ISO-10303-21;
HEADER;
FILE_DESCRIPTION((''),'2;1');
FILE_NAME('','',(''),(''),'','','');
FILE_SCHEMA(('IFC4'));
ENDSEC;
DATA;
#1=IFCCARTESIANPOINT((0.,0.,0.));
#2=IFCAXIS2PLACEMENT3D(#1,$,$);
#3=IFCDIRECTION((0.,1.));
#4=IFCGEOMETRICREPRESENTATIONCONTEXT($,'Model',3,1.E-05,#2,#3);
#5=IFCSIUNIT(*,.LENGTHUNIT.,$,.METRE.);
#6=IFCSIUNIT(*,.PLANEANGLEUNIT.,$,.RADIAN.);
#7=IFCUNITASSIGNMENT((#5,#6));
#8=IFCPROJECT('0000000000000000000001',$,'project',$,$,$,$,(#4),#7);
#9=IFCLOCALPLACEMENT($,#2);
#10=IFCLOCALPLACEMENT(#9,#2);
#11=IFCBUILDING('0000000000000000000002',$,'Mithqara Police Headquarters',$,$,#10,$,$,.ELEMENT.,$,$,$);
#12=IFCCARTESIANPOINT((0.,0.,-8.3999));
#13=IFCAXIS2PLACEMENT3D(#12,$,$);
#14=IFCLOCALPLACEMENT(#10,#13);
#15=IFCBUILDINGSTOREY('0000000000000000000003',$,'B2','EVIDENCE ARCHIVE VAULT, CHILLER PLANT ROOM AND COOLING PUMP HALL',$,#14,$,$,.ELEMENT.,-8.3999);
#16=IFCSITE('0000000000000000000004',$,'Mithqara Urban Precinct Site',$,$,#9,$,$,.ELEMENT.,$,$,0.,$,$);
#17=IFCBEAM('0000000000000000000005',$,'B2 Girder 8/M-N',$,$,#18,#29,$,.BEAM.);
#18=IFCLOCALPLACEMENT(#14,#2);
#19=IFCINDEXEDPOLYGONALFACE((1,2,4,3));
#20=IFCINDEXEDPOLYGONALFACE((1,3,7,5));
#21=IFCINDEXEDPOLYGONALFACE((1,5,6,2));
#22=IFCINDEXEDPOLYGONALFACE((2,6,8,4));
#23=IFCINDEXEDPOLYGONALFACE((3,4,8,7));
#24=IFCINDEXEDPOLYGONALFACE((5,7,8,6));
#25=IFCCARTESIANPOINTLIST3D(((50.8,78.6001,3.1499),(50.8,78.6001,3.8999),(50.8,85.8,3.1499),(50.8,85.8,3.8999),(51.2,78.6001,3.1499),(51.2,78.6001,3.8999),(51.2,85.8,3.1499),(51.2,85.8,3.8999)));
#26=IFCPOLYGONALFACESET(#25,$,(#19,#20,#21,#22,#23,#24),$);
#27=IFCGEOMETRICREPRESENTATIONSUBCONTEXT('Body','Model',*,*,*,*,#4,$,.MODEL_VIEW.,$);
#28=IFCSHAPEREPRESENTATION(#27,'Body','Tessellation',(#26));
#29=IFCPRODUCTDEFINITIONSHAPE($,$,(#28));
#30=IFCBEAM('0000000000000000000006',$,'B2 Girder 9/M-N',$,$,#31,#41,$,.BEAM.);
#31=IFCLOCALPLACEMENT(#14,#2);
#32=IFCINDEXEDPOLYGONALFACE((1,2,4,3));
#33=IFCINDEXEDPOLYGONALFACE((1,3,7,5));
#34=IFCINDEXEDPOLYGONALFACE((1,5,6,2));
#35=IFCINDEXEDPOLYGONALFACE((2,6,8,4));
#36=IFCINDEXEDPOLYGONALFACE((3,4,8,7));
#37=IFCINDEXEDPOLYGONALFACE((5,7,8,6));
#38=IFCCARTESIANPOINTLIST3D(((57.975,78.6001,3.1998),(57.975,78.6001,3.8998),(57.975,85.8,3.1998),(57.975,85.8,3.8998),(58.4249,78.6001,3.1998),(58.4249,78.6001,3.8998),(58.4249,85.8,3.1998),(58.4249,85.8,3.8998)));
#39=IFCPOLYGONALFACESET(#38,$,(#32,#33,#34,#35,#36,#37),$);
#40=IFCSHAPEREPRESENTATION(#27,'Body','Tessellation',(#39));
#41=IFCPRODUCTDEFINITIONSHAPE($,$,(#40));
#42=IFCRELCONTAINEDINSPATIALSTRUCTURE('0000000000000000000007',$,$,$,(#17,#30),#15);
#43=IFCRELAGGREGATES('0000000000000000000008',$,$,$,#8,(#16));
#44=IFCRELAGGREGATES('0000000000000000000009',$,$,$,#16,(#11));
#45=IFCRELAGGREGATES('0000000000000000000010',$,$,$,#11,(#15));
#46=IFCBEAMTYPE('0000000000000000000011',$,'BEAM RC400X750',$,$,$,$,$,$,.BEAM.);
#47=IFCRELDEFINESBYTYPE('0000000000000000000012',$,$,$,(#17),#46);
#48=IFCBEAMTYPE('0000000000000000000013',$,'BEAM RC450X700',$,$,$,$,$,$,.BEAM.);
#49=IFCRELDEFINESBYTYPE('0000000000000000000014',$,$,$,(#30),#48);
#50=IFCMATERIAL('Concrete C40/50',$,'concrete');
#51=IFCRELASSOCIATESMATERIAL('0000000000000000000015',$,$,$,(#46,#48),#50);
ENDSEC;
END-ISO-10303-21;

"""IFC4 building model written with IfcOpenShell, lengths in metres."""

from ifc_helpers import new_model, si_unit, direction, frame, origin, origin_2d, place, context, subcontext, project, spatial, rectangle, extrude, material, material_profile, profile_set, type_object, element, save


model = new_model("IFC4")

# Units and contexts
model_context = context("Model", 3, precision=1e-05, world=origin(), true_north=direction((0.0, 1.0)))
body_context = subcontext(model_context, "Body", "Model", "MODEL_VIEW")
ifc_project = project(units=[si_unit("LENGTHUNIT", "METRE"), si_unit("PLANEANGLEUNIT", "RADIAN")], contexts=[model_context])

# Site, building, storey
site_placement = place(None, origin())
site = spatial("IfcSite", under=ifc_project, at=site_placement, Name="Mithqara Urban Precinct Site", CompositionType="ELEMENT", RefElevation=0.0)
building_placement = place(site_placement, origin())
building = spatial("IfcBuilding", under=site, at=building_placement, Name="Mithqara Police Headquarters", CompositionType="ELEMENT")
storey_placement = place(building_placement, frame((0.0, 0.0, -8.3999)))
storey = spatial("IfcBuildingStorey", under=building, at=storey_placement, Name="B2", Description="EVIDENCE ARCHIVE VAULT, CHILLER PLANT ROOM AND COOLING PUMP HALL", CompositionType="ELEMENT", Elevation=-8.3999)

# Shared definitions
ifc_material_1 = material(Name="Concrete C40/50", Category="concrete")

# Beams
ifc_material_profile_1 = material_profile(ifc_material_1, rectangle(XDim=0.3999, YDim=0.75, at=origin_2d()), Name="RC 400x750")
ifc_profile_set_1 = profile_set([ifc_material_profile_1], Name="Concrete C40/50")
beam_type_1 = type_object("IfcBeamType", Name="BEAM RC400X750", PredefinedType="BEAM", material=ifc_profile_set_1)
beam_1_placement = place(storey_placement, frame((51.0, 78.6001, 3.5249), z_axis=(0.0, 1.0, 0.0), x_axis=(-1.0, 0.0, 0.0)))
element("IfcBeam", 1, at=beam_1_placement, inside=storey, type_object=beam_type_1, Name="B2 Girder 8/M-N", PredefinedType="BEAM", context=body_context, shape_type="SweptSolid", body=[
    extrude(rectangle(XDim=0.3999, YDim=0.75, at=origin_2d()), origin(), (0.0, 0.0, 1.0), 7.2),
])
ifc_material_profile_2 = material_profile(ifc_material_1, rectangle(XDim=0.45, YDim=0.7, at=origin_2d()), Name="RC 450x700")
ifc_profile_set_2 = profile_set([ifc_material_profile_2], Name="Concrete C40/50")
beam_type_2 = type_object("IfcBeamType", Name="BEAM RC450X700", PredefinedType="BEAM", material=ifc_profile_set_2)
beam_2_placement = place(storey_placement, frame((58.2, 78.6001, 3.5498), z_axis=(0.0, 1.0, 0.0), x_axis=(-1.0, 0.0, 0.0)))
element("IfcBeam", 2, at=beam_2_placement, inside=storey, type_object=beam_type_2, Name="B2 Girder 9/M-N", PredefinedType="BEAM", context=body_context, shape_type="SweptSolid", body=[
    extrude(rectangle(XDim=0.45, YDim=0.7, at=origin_2d()), origin(), (0.0, 0.0, 1.0), 7.2),
])

save(model, "model.ifc")
